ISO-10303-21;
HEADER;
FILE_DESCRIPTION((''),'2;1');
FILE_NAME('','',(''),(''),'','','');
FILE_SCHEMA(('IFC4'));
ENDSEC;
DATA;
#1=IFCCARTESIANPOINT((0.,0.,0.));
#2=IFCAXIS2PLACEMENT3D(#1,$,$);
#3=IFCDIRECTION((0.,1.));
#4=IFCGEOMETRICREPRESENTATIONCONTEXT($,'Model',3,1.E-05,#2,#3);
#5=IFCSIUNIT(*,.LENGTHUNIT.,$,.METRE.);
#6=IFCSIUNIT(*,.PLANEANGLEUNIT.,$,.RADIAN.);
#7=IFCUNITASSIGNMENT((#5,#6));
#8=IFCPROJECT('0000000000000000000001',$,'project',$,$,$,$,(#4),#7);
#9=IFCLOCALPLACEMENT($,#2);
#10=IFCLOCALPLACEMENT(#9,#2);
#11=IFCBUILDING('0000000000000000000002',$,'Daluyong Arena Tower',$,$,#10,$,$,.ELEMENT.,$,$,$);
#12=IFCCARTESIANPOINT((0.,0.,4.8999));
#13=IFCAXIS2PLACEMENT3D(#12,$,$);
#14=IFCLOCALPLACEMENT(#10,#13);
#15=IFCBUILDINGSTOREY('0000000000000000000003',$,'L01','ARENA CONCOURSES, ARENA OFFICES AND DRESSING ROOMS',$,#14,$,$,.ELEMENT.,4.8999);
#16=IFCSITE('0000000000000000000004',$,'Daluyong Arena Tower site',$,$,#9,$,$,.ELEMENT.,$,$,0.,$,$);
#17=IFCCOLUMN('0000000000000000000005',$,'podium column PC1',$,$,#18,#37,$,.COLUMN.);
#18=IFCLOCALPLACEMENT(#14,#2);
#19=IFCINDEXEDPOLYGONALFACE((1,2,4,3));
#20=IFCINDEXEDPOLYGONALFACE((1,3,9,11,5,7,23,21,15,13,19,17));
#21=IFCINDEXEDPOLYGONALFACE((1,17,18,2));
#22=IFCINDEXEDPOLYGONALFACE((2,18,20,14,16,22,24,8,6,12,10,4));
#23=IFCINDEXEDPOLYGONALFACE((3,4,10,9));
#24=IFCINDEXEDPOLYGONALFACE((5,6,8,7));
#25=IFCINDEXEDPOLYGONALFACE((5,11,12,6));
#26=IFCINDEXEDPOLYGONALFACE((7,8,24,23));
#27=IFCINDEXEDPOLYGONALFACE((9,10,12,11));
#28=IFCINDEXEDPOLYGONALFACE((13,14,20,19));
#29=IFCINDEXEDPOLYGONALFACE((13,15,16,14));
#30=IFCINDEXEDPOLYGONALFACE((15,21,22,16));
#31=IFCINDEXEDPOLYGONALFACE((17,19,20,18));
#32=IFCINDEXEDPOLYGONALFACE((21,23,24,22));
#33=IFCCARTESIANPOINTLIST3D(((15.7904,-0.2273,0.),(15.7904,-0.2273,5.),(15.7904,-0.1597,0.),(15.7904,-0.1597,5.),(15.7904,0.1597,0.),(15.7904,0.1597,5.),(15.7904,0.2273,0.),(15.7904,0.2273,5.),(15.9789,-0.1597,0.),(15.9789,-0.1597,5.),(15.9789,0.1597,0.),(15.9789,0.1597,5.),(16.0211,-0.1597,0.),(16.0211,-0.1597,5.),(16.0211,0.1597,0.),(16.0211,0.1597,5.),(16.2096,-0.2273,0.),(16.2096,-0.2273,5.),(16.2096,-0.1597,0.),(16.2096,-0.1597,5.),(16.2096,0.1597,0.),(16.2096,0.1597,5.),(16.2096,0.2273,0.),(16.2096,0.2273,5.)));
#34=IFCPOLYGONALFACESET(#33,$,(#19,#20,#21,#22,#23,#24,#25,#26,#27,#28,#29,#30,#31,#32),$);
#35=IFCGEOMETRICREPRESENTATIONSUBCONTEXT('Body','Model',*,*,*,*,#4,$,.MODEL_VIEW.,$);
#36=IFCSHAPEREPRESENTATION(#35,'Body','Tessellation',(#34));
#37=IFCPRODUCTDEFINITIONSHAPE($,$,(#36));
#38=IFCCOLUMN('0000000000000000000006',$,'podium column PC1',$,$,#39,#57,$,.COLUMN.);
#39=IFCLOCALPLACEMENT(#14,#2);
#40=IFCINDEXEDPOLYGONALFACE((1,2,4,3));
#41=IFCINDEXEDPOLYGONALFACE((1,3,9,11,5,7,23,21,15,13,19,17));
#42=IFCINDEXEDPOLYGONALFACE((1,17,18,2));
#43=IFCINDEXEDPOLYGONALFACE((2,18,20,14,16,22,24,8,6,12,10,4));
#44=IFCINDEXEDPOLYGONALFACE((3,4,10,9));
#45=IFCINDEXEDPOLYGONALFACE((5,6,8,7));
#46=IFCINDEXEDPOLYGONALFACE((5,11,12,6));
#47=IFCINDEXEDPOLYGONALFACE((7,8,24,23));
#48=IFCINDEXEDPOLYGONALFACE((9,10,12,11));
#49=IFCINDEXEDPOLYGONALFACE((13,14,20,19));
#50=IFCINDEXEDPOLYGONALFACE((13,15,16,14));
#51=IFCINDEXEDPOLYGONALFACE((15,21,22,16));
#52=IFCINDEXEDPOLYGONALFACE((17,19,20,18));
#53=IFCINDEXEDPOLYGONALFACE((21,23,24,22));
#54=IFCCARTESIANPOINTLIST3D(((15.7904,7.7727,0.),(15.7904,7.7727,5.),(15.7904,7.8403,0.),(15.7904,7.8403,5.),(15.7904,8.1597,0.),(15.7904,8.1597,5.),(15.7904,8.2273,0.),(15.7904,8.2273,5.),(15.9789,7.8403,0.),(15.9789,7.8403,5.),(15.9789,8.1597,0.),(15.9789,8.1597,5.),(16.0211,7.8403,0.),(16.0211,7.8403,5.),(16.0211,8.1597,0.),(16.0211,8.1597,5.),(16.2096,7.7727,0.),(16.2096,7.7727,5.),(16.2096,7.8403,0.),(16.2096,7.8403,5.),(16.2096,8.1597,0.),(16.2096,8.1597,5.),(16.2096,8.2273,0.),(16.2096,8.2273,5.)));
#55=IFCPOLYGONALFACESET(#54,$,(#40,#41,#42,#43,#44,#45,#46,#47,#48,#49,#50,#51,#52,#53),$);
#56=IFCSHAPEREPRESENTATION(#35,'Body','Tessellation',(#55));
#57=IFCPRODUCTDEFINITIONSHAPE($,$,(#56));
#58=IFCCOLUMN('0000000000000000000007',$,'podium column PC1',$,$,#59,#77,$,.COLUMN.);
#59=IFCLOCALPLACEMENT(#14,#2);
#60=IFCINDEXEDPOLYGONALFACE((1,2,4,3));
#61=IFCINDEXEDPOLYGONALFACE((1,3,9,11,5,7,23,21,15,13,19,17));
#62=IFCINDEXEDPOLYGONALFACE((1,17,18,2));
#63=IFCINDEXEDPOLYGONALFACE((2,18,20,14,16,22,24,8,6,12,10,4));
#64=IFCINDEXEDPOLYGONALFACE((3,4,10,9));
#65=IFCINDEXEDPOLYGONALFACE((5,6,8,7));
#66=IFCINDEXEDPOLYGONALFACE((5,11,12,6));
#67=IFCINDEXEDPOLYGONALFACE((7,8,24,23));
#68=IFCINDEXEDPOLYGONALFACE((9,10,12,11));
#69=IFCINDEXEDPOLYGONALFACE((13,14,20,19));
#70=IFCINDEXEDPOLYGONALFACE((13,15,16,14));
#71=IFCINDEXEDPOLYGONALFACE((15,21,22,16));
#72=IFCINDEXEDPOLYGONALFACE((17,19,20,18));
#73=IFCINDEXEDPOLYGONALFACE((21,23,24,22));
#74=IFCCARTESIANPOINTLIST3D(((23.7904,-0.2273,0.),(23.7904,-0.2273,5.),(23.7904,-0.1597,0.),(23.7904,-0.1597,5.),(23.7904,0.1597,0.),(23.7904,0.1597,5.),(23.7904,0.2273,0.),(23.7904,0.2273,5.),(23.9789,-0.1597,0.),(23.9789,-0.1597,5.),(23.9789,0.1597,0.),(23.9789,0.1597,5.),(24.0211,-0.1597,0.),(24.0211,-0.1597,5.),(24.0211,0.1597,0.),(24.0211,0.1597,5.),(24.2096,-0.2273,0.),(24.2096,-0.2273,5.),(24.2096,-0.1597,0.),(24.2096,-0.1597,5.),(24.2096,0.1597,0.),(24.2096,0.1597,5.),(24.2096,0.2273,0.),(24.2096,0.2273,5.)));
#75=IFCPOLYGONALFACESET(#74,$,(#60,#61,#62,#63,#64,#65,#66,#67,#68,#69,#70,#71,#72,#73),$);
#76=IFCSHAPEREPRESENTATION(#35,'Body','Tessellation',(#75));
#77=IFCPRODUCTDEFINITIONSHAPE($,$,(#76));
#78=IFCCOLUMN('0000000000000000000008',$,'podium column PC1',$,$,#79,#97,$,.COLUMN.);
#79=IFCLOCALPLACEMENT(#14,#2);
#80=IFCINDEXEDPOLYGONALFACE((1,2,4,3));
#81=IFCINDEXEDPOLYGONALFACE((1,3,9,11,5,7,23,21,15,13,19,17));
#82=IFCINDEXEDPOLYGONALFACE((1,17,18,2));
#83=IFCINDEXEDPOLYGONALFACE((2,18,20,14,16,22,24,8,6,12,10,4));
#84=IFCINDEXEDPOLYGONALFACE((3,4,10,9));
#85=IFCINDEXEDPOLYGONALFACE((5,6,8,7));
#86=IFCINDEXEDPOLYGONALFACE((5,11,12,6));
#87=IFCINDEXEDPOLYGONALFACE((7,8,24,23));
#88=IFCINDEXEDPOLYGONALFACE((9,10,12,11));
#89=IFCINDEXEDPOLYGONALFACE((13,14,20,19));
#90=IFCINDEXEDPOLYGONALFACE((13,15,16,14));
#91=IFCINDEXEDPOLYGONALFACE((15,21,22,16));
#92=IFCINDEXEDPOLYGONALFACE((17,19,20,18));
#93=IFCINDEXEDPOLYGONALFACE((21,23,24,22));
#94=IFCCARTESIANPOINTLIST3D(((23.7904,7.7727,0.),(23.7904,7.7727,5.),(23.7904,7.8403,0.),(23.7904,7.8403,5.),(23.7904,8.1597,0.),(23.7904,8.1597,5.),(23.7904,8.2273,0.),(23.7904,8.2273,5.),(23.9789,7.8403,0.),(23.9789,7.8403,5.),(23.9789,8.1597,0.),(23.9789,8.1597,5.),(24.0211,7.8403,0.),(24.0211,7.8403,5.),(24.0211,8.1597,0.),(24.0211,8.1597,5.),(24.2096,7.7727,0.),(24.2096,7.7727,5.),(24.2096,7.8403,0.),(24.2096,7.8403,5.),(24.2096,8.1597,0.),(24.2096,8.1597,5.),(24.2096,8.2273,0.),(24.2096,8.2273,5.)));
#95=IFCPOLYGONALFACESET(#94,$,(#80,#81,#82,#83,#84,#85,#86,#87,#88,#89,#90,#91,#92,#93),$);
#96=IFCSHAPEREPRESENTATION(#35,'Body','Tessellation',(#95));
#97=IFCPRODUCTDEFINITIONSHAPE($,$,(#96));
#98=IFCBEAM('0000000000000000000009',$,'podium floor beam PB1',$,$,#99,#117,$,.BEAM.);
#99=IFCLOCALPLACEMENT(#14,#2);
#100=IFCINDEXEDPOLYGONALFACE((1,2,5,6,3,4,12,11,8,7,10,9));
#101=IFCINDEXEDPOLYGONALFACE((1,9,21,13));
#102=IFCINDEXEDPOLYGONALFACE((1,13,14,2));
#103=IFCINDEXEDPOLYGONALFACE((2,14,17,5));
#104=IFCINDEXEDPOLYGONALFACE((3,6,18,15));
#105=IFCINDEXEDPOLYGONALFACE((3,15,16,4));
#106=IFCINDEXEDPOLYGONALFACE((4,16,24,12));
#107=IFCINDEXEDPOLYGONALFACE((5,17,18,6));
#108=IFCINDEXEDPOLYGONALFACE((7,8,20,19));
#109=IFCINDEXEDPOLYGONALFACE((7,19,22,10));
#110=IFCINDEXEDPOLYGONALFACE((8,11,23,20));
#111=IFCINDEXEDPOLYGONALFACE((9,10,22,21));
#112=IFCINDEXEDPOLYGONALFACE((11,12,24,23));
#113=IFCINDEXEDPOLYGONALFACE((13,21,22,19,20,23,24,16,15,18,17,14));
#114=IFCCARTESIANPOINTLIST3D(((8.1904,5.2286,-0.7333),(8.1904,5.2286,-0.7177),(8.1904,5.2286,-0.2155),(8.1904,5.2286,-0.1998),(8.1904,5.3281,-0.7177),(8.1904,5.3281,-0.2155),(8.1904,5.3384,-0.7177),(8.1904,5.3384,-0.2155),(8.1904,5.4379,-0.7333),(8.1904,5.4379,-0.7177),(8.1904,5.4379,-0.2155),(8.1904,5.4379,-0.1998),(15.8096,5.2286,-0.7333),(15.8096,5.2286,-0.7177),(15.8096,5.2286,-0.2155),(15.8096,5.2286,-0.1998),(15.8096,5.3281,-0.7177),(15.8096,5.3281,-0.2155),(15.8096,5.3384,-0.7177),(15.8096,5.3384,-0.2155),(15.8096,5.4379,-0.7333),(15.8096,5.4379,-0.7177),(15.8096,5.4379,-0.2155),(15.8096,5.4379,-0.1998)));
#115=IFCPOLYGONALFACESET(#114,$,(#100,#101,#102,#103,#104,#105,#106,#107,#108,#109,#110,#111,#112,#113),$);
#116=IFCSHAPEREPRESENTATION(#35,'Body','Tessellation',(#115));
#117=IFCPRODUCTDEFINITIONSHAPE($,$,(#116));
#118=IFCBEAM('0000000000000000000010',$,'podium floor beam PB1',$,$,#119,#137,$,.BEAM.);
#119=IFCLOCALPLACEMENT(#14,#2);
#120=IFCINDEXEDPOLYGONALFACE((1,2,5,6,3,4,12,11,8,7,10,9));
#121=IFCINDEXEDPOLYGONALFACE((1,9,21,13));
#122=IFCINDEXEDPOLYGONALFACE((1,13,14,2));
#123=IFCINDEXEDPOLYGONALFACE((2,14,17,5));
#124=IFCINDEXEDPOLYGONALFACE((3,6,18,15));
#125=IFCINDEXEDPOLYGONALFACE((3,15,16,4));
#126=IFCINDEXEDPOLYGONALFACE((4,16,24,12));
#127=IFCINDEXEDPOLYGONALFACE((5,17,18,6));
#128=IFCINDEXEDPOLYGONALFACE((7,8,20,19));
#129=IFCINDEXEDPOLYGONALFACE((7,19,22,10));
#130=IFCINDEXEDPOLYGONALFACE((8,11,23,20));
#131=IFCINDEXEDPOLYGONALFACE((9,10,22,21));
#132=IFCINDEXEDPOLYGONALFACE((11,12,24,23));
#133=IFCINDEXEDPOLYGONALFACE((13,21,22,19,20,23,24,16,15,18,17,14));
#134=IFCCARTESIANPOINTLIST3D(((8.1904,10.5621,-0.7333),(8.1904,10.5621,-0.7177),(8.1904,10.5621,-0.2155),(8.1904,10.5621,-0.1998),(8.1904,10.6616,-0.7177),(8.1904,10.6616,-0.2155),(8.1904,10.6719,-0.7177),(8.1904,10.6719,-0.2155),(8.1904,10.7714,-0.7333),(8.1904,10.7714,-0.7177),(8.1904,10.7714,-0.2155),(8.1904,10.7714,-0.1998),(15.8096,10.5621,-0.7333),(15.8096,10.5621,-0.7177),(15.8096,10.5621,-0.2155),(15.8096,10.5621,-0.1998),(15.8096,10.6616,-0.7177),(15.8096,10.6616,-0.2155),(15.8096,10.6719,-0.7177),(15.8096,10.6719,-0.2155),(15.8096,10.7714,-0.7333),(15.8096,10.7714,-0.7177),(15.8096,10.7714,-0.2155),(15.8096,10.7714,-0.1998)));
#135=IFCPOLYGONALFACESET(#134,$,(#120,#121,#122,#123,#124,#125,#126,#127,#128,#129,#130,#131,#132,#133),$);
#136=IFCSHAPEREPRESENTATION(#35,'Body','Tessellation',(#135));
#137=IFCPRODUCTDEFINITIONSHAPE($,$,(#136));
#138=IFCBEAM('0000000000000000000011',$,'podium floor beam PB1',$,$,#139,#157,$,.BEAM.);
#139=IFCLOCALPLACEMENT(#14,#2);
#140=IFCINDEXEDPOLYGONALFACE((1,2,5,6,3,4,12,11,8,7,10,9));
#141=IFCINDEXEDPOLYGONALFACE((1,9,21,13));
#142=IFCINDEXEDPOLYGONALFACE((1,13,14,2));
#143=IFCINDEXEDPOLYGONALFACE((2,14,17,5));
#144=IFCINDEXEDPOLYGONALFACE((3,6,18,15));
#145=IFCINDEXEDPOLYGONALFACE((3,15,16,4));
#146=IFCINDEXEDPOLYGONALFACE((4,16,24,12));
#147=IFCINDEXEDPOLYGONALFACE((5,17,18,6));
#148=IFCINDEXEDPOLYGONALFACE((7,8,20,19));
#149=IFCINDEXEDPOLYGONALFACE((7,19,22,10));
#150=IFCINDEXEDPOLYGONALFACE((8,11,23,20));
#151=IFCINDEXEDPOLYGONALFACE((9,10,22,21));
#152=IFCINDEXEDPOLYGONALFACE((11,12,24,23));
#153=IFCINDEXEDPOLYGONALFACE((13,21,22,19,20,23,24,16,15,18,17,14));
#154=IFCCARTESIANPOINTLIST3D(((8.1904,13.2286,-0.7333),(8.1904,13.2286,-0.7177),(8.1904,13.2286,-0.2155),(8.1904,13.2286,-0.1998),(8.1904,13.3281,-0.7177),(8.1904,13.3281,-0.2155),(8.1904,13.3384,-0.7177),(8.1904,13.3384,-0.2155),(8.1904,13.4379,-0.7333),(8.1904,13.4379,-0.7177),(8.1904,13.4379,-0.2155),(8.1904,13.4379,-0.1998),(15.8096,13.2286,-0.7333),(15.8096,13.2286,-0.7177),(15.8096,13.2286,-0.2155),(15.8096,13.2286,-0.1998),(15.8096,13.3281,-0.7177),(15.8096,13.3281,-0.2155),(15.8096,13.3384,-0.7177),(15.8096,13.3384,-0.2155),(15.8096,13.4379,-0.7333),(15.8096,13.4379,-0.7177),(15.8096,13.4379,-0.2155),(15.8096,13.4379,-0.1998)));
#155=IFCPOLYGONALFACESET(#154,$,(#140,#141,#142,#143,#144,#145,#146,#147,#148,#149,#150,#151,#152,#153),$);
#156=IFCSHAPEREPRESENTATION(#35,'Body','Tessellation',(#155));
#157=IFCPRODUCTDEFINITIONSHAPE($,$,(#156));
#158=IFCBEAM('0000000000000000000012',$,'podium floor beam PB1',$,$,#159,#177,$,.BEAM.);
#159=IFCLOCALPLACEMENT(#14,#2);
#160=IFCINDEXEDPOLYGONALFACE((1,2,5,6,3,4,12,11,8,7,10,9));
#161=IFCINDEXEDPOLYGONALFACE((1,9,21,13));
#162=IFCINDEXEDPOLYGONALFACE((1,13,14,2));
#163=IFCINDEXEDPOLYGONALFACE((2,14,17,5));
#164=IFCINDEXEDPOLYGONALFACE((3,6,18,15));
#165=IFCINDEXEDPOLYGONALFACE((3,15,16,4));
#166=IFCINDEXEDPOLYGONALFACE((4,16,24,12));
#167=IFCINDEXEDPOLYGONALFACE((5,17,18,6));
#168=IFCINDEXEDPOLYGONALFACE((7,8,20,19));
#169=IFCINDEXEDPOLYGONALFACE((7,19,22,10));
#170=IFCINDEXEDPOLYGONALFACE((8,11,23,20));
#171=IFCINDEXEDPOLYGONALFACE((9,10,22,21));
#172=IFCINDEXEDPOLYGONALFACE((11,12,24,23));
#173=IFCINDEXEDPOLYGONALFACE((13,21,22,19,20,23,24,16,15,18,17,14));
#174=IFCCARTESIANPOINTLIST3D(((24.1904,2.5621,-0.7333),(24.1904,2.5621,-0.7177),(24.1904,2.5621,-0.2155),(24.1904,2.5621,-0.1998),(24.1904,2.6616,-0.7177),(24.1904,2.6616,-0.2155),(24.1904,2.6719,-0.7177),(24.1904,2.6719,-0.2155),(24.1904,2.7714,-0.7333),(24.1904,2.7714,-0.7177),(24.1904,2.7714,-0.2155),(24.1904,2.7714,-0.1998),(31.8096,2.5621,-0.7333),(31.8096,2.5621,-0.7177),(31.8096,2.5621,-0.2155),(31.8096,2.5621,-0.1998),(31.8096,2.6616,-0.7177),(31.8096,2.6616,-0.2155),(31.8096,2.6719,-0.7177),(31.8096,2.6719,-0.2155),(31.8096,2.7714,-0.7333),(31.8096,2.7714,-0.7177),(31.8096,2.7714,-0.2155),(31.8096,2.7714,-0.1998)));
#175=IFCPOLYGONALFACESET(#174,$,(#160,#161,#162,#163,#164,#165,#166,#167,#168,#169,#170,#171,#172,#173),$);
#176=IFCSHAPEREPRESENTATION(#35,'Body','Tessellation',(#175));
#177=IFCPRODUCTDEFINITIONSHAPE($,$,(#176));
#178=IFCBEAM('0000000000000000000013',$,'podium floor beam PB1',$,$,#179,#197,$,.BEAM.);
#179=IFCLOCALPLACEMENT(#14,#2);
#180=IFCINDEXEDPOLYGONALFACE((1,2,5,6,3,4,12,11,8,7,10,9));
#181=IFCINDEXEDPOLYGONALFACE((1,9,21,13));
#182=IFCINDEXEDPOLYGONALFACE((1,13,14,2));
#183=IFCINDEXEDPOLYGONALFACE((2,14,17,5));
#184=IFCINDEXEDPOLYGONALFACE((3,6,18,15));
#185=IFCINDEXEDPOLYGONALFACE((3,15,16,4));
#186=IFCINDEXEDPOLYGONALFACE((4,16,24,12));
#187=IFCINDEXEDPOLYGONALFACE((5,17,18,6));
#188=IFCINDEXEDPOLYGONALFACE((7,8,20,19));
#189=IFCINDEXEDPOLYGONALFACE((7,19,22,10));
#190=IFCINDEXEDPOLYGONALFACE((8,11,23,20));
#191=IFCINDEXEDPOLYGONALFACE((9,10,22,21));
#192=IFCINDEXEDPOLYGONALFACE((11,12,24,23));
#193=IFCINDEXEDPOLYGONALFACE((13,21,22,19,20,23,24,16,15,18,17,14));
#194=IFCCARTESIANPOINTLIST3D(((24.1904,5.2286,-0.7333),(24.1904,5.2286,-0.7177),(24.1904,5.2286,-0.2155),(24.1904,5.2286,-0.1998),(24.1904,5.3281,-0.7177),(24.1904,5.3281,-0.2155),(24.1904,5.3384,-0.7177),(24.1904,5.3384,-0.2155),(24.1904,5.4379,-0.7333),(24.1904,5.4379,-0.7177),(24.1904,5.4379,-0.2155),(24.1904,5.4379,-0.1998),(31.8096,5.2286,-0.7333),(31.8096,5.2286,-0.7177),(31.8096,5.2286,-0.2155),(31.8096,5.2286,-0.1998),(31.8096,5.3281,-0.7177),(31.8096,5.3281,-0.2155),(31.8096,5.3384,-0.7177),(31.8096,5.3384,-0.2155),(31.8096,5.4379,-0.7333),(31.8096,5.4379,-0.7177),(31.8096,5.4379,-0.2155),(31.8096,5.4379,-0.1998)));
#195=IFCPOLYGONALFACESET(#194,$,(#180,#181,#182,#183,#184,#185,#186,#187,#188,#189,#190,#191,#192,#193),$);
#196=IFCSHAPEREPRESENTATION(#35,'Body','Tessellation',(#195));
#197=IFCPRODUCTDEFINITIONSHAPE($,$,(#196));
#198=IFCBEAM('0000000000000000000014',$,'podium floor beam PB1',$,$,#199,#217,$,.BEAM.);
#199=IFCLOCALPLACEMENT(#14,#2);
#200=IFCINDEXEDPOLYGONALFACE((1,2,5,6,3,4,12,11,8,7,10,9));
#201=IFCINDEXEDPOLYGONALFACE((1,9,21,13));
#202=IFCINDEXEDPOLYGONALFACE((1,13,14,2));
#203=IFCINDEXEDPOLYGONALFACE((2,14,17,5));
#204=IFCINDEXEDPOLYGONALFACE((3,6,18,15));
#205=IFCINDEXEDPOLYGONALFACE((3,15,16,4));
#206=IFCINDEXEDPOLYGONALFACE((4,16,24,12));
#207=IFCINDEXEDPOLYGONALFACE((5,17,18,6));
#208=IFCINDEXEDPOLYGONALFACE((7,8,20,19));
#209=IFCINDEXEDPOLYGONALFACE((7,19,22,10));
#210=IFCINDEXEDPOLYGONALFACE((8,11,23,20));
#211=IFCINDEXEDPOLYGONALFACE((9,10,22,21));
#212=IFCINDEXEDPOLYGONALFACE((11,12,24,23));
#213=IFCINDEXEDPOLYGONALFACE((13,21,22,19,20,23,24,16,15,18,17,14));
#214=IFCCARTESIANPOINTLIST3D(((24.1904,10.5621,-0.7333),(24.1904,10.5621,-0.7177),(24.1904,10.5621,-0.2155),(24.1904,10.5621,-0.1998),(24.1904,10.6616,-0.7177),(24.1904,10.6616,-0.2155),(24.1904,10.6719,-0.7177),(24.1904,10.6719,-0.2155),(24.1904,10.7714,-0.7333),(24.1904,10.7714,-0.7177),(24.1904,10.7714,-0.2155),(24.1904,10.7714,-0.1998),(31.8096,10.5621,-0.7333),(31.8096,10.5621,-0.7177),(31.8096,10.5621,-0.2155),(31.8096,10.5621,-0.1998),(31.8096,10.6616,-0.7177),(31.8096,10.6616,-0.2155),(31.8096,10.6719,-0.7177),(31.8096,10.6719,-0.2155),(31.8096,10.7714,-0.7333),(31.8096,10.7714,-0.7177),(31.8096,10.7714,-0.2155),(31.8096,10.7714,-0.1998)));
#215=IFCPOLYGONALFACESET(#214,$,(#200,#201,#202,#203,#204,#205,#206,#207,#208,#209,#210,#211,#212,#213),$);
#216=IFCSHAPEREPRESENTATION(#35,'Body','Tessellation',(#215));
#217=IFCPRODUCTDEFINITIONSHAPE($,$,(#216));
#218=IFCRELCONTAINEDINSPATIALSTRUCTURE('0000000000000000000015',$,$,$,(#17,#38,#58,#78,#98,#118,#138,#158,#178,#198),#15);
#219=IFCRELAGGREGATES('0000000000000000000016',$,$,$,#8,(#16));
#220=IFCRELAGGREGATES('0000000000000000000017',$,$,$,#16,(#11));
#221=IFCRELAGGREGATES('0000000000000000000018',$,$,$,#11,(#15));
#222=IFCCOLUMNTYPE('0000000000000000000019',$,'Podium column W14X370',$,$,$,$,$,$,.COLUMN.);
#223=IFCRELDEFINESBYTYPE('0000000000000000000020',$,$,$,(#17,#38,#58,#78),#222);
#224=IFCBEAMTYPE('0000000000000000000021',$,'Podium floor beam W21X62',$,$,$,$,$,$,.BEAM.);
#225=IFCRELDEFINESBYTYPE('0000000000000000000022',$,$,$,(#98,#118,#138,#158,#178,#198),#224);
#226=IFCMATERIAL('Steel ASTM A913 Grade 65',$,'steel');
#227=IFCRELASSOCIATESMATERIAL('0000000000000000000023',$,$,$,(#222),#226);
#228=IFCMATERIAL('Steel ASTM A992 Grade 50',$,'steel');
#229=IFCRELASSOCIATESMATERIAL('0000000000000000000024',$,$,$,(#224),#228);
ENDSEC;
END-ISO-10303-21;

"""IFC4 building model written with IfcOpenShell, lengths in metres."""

from ifc_helpers import new_model, si_unit, direction, frame, origin, origin_2d, place, context, subcontext, project, spatial, i_section, extrude, material, material_profile, profile_set, type_object, element, save


model = new_model("IFC4")

# Units and contexts
model_context = context("Model", 3, precision=1e-05, world=origin(), true_north=direction((0.0, 1.0)))
body_context = subcontext(model_context, "Body", "Model", "MODEL_VIEW")
ifc_project = project(units=[si_unit("LENGTHUNIT", "METRE"), si_unit("PLANEANGLEUNIT", "RADIAN")], contexts=[model_context])

# Site, building, storey
site_placement = place(None, origin())
site = spatial("IfcSite", under=ifc_project, at=site_placement, Name="Daluyong Arena Tower site", CompositionType="ELEMENT", RefElevation=0.0)
building_placement = place(site_placement, origin())
building = spatial("IfcBuilding", under=site, at=building_placement, Name="Daluyong Arena Tower", CompositionType="ELEMENT")
storey_placement = place(building_placement, frame((0.0, 0.0, 4.8999)))
storey = spatial("IfcBuildingStorey", under=building, at=storey_placement, Name="L01", Description="ARENA CONCOURSES, ARENA OFFICES AND DRESSING ROOMS", CompositionType="ELEMENT", Elevation=4.8999)

# Columns
ifc_material_1 = material(Name="Steel ASTM A913 Grade 65", Category="steel")
ifc_material_profile_1 = material_profile(ifc_material_1, i_section(OverallWidth=0.4192, OverallDepth=0.4546, WebThickness=0.0422, FlangeThickness=0.0676, at=origin_2d()))
ifc_profile_set_1 = profile_set([ifc_material_profile_1], Name="Steel ASTM A913 Grade 65")
column_type = type_object("IfcColumnType", Name="Podium column W14X370", PredefinedType="COLUMN", material=ifc_profile_set_1)
for number, where, z_axis, x_axis, name in (
    (1, (16.0, 0.0, 0.0), (0.0, 0.0, 1.0), (1.0, 0.0, 0.0), "podium column PC1"),
    (2, (16.0, 8.0, 0.0), (0.0, 0.0, 1.0), (1.0, 0.0, 0.0), "podium column PC1"),
    (3, (24.0, 0.0, 0.0), (0.0, 0.0, 1.0), (1.0, 0.0, 0.0), "podium column PC1"),
    (4, (24.0, 8.0, 0.0), (0.0, 0.0, 1.0), (1.0, 0.0, 0.0), "podium column PC1"),
):
    element("IfcColumn", number, at=place(storey_placement, frame(where, z_axis=z_axis, x_axis=x_axis)), inside=storey, type_object=column_type, Name=name, PredefinedType="COLUMN", context=body_context, shape_type="SweptSolid", body=[
        extrude(i_section(OverallWidth=0.4192, OverallDepth=0.4546, WebThickness=0.0422, FlangeThickness=0.0676, at=origin_2d()), origin(), (0.0, 0.0, 1.0), 5.0),
    ])

# Beams
ifc_material_2 = material(Name="Steel ASTM A992 Grade 50", Category="steel")
ifc_material_profile_2 = material_profile(ifc_material_2, i_section(OverallWidth=0.2092, OverallDepth=0.5334, WebThickness=0.0103, FlangeThickness=0.0156, at=origin_2d()))
ifc_profile_set_2 = profile_set([ifc_material_profile_2], Name="Steel ASTM A992 Grade 50")
beam_type_1 = type_object("IfcBeamType", Name="Podium floor beam W21X62", PredefinedType="BEAM", material=ifc_profile_set_2)
for number, where, z_axis, x_axis, name in (
    (5, (8.1904, 5.3333, -0.4666), (1.0, 0.0, 0.0), (0.0, 1.0, 0.0), "podium floor beam PB1"),
    (6, (8.1904, 10.6667, -0.4666), (1.0, 0.0, 0.0), (0.0, 1.0, 0.0), "podium floor beam PB1"),
    (7, (8.1904, 13.3333, -0.4666), (1.0, 0.0, 0.0), (0.0, 1.0, 0.0), "podium floor beam PB1"),
    (8, (24.1904, 2.6667, -0.4666), (1.0, 0.0, 0.0), (0.0, 1.0, 0.0), "podium floor beam PB1"),
    (9, (24.1904, 5.3333, -0.4666), (1.0, 0.0, 0.0), (0.0, 1.0, 0.0), "podium floor beam PB1"),
    (10, (24.1904, 10.6667, -0.4666), (1.0, 0.0, 0.0), (0.0, 1.0, 0.0), "podium floor beam PB1"),
):
    element("IfcBeam", number, at=place(storey_placement, frame(where, z_axis=z_axis, x_axis=x_axis)), inside=storey, type_object=beam_type_1, Name=name, PredefinedType="BEAM", context=body_context, shape_type="SweptSolid", body=[
        extrude(i_section(OverallWidth=0.2092, OverallDepth=0.5334, WebThickness=0.0103, FlangeThickness=0.0156, at=origin_2d()), origin(), (0.0, 0.0, 1.0), 7.6191),
    ])

save(model, "model.ifc")
